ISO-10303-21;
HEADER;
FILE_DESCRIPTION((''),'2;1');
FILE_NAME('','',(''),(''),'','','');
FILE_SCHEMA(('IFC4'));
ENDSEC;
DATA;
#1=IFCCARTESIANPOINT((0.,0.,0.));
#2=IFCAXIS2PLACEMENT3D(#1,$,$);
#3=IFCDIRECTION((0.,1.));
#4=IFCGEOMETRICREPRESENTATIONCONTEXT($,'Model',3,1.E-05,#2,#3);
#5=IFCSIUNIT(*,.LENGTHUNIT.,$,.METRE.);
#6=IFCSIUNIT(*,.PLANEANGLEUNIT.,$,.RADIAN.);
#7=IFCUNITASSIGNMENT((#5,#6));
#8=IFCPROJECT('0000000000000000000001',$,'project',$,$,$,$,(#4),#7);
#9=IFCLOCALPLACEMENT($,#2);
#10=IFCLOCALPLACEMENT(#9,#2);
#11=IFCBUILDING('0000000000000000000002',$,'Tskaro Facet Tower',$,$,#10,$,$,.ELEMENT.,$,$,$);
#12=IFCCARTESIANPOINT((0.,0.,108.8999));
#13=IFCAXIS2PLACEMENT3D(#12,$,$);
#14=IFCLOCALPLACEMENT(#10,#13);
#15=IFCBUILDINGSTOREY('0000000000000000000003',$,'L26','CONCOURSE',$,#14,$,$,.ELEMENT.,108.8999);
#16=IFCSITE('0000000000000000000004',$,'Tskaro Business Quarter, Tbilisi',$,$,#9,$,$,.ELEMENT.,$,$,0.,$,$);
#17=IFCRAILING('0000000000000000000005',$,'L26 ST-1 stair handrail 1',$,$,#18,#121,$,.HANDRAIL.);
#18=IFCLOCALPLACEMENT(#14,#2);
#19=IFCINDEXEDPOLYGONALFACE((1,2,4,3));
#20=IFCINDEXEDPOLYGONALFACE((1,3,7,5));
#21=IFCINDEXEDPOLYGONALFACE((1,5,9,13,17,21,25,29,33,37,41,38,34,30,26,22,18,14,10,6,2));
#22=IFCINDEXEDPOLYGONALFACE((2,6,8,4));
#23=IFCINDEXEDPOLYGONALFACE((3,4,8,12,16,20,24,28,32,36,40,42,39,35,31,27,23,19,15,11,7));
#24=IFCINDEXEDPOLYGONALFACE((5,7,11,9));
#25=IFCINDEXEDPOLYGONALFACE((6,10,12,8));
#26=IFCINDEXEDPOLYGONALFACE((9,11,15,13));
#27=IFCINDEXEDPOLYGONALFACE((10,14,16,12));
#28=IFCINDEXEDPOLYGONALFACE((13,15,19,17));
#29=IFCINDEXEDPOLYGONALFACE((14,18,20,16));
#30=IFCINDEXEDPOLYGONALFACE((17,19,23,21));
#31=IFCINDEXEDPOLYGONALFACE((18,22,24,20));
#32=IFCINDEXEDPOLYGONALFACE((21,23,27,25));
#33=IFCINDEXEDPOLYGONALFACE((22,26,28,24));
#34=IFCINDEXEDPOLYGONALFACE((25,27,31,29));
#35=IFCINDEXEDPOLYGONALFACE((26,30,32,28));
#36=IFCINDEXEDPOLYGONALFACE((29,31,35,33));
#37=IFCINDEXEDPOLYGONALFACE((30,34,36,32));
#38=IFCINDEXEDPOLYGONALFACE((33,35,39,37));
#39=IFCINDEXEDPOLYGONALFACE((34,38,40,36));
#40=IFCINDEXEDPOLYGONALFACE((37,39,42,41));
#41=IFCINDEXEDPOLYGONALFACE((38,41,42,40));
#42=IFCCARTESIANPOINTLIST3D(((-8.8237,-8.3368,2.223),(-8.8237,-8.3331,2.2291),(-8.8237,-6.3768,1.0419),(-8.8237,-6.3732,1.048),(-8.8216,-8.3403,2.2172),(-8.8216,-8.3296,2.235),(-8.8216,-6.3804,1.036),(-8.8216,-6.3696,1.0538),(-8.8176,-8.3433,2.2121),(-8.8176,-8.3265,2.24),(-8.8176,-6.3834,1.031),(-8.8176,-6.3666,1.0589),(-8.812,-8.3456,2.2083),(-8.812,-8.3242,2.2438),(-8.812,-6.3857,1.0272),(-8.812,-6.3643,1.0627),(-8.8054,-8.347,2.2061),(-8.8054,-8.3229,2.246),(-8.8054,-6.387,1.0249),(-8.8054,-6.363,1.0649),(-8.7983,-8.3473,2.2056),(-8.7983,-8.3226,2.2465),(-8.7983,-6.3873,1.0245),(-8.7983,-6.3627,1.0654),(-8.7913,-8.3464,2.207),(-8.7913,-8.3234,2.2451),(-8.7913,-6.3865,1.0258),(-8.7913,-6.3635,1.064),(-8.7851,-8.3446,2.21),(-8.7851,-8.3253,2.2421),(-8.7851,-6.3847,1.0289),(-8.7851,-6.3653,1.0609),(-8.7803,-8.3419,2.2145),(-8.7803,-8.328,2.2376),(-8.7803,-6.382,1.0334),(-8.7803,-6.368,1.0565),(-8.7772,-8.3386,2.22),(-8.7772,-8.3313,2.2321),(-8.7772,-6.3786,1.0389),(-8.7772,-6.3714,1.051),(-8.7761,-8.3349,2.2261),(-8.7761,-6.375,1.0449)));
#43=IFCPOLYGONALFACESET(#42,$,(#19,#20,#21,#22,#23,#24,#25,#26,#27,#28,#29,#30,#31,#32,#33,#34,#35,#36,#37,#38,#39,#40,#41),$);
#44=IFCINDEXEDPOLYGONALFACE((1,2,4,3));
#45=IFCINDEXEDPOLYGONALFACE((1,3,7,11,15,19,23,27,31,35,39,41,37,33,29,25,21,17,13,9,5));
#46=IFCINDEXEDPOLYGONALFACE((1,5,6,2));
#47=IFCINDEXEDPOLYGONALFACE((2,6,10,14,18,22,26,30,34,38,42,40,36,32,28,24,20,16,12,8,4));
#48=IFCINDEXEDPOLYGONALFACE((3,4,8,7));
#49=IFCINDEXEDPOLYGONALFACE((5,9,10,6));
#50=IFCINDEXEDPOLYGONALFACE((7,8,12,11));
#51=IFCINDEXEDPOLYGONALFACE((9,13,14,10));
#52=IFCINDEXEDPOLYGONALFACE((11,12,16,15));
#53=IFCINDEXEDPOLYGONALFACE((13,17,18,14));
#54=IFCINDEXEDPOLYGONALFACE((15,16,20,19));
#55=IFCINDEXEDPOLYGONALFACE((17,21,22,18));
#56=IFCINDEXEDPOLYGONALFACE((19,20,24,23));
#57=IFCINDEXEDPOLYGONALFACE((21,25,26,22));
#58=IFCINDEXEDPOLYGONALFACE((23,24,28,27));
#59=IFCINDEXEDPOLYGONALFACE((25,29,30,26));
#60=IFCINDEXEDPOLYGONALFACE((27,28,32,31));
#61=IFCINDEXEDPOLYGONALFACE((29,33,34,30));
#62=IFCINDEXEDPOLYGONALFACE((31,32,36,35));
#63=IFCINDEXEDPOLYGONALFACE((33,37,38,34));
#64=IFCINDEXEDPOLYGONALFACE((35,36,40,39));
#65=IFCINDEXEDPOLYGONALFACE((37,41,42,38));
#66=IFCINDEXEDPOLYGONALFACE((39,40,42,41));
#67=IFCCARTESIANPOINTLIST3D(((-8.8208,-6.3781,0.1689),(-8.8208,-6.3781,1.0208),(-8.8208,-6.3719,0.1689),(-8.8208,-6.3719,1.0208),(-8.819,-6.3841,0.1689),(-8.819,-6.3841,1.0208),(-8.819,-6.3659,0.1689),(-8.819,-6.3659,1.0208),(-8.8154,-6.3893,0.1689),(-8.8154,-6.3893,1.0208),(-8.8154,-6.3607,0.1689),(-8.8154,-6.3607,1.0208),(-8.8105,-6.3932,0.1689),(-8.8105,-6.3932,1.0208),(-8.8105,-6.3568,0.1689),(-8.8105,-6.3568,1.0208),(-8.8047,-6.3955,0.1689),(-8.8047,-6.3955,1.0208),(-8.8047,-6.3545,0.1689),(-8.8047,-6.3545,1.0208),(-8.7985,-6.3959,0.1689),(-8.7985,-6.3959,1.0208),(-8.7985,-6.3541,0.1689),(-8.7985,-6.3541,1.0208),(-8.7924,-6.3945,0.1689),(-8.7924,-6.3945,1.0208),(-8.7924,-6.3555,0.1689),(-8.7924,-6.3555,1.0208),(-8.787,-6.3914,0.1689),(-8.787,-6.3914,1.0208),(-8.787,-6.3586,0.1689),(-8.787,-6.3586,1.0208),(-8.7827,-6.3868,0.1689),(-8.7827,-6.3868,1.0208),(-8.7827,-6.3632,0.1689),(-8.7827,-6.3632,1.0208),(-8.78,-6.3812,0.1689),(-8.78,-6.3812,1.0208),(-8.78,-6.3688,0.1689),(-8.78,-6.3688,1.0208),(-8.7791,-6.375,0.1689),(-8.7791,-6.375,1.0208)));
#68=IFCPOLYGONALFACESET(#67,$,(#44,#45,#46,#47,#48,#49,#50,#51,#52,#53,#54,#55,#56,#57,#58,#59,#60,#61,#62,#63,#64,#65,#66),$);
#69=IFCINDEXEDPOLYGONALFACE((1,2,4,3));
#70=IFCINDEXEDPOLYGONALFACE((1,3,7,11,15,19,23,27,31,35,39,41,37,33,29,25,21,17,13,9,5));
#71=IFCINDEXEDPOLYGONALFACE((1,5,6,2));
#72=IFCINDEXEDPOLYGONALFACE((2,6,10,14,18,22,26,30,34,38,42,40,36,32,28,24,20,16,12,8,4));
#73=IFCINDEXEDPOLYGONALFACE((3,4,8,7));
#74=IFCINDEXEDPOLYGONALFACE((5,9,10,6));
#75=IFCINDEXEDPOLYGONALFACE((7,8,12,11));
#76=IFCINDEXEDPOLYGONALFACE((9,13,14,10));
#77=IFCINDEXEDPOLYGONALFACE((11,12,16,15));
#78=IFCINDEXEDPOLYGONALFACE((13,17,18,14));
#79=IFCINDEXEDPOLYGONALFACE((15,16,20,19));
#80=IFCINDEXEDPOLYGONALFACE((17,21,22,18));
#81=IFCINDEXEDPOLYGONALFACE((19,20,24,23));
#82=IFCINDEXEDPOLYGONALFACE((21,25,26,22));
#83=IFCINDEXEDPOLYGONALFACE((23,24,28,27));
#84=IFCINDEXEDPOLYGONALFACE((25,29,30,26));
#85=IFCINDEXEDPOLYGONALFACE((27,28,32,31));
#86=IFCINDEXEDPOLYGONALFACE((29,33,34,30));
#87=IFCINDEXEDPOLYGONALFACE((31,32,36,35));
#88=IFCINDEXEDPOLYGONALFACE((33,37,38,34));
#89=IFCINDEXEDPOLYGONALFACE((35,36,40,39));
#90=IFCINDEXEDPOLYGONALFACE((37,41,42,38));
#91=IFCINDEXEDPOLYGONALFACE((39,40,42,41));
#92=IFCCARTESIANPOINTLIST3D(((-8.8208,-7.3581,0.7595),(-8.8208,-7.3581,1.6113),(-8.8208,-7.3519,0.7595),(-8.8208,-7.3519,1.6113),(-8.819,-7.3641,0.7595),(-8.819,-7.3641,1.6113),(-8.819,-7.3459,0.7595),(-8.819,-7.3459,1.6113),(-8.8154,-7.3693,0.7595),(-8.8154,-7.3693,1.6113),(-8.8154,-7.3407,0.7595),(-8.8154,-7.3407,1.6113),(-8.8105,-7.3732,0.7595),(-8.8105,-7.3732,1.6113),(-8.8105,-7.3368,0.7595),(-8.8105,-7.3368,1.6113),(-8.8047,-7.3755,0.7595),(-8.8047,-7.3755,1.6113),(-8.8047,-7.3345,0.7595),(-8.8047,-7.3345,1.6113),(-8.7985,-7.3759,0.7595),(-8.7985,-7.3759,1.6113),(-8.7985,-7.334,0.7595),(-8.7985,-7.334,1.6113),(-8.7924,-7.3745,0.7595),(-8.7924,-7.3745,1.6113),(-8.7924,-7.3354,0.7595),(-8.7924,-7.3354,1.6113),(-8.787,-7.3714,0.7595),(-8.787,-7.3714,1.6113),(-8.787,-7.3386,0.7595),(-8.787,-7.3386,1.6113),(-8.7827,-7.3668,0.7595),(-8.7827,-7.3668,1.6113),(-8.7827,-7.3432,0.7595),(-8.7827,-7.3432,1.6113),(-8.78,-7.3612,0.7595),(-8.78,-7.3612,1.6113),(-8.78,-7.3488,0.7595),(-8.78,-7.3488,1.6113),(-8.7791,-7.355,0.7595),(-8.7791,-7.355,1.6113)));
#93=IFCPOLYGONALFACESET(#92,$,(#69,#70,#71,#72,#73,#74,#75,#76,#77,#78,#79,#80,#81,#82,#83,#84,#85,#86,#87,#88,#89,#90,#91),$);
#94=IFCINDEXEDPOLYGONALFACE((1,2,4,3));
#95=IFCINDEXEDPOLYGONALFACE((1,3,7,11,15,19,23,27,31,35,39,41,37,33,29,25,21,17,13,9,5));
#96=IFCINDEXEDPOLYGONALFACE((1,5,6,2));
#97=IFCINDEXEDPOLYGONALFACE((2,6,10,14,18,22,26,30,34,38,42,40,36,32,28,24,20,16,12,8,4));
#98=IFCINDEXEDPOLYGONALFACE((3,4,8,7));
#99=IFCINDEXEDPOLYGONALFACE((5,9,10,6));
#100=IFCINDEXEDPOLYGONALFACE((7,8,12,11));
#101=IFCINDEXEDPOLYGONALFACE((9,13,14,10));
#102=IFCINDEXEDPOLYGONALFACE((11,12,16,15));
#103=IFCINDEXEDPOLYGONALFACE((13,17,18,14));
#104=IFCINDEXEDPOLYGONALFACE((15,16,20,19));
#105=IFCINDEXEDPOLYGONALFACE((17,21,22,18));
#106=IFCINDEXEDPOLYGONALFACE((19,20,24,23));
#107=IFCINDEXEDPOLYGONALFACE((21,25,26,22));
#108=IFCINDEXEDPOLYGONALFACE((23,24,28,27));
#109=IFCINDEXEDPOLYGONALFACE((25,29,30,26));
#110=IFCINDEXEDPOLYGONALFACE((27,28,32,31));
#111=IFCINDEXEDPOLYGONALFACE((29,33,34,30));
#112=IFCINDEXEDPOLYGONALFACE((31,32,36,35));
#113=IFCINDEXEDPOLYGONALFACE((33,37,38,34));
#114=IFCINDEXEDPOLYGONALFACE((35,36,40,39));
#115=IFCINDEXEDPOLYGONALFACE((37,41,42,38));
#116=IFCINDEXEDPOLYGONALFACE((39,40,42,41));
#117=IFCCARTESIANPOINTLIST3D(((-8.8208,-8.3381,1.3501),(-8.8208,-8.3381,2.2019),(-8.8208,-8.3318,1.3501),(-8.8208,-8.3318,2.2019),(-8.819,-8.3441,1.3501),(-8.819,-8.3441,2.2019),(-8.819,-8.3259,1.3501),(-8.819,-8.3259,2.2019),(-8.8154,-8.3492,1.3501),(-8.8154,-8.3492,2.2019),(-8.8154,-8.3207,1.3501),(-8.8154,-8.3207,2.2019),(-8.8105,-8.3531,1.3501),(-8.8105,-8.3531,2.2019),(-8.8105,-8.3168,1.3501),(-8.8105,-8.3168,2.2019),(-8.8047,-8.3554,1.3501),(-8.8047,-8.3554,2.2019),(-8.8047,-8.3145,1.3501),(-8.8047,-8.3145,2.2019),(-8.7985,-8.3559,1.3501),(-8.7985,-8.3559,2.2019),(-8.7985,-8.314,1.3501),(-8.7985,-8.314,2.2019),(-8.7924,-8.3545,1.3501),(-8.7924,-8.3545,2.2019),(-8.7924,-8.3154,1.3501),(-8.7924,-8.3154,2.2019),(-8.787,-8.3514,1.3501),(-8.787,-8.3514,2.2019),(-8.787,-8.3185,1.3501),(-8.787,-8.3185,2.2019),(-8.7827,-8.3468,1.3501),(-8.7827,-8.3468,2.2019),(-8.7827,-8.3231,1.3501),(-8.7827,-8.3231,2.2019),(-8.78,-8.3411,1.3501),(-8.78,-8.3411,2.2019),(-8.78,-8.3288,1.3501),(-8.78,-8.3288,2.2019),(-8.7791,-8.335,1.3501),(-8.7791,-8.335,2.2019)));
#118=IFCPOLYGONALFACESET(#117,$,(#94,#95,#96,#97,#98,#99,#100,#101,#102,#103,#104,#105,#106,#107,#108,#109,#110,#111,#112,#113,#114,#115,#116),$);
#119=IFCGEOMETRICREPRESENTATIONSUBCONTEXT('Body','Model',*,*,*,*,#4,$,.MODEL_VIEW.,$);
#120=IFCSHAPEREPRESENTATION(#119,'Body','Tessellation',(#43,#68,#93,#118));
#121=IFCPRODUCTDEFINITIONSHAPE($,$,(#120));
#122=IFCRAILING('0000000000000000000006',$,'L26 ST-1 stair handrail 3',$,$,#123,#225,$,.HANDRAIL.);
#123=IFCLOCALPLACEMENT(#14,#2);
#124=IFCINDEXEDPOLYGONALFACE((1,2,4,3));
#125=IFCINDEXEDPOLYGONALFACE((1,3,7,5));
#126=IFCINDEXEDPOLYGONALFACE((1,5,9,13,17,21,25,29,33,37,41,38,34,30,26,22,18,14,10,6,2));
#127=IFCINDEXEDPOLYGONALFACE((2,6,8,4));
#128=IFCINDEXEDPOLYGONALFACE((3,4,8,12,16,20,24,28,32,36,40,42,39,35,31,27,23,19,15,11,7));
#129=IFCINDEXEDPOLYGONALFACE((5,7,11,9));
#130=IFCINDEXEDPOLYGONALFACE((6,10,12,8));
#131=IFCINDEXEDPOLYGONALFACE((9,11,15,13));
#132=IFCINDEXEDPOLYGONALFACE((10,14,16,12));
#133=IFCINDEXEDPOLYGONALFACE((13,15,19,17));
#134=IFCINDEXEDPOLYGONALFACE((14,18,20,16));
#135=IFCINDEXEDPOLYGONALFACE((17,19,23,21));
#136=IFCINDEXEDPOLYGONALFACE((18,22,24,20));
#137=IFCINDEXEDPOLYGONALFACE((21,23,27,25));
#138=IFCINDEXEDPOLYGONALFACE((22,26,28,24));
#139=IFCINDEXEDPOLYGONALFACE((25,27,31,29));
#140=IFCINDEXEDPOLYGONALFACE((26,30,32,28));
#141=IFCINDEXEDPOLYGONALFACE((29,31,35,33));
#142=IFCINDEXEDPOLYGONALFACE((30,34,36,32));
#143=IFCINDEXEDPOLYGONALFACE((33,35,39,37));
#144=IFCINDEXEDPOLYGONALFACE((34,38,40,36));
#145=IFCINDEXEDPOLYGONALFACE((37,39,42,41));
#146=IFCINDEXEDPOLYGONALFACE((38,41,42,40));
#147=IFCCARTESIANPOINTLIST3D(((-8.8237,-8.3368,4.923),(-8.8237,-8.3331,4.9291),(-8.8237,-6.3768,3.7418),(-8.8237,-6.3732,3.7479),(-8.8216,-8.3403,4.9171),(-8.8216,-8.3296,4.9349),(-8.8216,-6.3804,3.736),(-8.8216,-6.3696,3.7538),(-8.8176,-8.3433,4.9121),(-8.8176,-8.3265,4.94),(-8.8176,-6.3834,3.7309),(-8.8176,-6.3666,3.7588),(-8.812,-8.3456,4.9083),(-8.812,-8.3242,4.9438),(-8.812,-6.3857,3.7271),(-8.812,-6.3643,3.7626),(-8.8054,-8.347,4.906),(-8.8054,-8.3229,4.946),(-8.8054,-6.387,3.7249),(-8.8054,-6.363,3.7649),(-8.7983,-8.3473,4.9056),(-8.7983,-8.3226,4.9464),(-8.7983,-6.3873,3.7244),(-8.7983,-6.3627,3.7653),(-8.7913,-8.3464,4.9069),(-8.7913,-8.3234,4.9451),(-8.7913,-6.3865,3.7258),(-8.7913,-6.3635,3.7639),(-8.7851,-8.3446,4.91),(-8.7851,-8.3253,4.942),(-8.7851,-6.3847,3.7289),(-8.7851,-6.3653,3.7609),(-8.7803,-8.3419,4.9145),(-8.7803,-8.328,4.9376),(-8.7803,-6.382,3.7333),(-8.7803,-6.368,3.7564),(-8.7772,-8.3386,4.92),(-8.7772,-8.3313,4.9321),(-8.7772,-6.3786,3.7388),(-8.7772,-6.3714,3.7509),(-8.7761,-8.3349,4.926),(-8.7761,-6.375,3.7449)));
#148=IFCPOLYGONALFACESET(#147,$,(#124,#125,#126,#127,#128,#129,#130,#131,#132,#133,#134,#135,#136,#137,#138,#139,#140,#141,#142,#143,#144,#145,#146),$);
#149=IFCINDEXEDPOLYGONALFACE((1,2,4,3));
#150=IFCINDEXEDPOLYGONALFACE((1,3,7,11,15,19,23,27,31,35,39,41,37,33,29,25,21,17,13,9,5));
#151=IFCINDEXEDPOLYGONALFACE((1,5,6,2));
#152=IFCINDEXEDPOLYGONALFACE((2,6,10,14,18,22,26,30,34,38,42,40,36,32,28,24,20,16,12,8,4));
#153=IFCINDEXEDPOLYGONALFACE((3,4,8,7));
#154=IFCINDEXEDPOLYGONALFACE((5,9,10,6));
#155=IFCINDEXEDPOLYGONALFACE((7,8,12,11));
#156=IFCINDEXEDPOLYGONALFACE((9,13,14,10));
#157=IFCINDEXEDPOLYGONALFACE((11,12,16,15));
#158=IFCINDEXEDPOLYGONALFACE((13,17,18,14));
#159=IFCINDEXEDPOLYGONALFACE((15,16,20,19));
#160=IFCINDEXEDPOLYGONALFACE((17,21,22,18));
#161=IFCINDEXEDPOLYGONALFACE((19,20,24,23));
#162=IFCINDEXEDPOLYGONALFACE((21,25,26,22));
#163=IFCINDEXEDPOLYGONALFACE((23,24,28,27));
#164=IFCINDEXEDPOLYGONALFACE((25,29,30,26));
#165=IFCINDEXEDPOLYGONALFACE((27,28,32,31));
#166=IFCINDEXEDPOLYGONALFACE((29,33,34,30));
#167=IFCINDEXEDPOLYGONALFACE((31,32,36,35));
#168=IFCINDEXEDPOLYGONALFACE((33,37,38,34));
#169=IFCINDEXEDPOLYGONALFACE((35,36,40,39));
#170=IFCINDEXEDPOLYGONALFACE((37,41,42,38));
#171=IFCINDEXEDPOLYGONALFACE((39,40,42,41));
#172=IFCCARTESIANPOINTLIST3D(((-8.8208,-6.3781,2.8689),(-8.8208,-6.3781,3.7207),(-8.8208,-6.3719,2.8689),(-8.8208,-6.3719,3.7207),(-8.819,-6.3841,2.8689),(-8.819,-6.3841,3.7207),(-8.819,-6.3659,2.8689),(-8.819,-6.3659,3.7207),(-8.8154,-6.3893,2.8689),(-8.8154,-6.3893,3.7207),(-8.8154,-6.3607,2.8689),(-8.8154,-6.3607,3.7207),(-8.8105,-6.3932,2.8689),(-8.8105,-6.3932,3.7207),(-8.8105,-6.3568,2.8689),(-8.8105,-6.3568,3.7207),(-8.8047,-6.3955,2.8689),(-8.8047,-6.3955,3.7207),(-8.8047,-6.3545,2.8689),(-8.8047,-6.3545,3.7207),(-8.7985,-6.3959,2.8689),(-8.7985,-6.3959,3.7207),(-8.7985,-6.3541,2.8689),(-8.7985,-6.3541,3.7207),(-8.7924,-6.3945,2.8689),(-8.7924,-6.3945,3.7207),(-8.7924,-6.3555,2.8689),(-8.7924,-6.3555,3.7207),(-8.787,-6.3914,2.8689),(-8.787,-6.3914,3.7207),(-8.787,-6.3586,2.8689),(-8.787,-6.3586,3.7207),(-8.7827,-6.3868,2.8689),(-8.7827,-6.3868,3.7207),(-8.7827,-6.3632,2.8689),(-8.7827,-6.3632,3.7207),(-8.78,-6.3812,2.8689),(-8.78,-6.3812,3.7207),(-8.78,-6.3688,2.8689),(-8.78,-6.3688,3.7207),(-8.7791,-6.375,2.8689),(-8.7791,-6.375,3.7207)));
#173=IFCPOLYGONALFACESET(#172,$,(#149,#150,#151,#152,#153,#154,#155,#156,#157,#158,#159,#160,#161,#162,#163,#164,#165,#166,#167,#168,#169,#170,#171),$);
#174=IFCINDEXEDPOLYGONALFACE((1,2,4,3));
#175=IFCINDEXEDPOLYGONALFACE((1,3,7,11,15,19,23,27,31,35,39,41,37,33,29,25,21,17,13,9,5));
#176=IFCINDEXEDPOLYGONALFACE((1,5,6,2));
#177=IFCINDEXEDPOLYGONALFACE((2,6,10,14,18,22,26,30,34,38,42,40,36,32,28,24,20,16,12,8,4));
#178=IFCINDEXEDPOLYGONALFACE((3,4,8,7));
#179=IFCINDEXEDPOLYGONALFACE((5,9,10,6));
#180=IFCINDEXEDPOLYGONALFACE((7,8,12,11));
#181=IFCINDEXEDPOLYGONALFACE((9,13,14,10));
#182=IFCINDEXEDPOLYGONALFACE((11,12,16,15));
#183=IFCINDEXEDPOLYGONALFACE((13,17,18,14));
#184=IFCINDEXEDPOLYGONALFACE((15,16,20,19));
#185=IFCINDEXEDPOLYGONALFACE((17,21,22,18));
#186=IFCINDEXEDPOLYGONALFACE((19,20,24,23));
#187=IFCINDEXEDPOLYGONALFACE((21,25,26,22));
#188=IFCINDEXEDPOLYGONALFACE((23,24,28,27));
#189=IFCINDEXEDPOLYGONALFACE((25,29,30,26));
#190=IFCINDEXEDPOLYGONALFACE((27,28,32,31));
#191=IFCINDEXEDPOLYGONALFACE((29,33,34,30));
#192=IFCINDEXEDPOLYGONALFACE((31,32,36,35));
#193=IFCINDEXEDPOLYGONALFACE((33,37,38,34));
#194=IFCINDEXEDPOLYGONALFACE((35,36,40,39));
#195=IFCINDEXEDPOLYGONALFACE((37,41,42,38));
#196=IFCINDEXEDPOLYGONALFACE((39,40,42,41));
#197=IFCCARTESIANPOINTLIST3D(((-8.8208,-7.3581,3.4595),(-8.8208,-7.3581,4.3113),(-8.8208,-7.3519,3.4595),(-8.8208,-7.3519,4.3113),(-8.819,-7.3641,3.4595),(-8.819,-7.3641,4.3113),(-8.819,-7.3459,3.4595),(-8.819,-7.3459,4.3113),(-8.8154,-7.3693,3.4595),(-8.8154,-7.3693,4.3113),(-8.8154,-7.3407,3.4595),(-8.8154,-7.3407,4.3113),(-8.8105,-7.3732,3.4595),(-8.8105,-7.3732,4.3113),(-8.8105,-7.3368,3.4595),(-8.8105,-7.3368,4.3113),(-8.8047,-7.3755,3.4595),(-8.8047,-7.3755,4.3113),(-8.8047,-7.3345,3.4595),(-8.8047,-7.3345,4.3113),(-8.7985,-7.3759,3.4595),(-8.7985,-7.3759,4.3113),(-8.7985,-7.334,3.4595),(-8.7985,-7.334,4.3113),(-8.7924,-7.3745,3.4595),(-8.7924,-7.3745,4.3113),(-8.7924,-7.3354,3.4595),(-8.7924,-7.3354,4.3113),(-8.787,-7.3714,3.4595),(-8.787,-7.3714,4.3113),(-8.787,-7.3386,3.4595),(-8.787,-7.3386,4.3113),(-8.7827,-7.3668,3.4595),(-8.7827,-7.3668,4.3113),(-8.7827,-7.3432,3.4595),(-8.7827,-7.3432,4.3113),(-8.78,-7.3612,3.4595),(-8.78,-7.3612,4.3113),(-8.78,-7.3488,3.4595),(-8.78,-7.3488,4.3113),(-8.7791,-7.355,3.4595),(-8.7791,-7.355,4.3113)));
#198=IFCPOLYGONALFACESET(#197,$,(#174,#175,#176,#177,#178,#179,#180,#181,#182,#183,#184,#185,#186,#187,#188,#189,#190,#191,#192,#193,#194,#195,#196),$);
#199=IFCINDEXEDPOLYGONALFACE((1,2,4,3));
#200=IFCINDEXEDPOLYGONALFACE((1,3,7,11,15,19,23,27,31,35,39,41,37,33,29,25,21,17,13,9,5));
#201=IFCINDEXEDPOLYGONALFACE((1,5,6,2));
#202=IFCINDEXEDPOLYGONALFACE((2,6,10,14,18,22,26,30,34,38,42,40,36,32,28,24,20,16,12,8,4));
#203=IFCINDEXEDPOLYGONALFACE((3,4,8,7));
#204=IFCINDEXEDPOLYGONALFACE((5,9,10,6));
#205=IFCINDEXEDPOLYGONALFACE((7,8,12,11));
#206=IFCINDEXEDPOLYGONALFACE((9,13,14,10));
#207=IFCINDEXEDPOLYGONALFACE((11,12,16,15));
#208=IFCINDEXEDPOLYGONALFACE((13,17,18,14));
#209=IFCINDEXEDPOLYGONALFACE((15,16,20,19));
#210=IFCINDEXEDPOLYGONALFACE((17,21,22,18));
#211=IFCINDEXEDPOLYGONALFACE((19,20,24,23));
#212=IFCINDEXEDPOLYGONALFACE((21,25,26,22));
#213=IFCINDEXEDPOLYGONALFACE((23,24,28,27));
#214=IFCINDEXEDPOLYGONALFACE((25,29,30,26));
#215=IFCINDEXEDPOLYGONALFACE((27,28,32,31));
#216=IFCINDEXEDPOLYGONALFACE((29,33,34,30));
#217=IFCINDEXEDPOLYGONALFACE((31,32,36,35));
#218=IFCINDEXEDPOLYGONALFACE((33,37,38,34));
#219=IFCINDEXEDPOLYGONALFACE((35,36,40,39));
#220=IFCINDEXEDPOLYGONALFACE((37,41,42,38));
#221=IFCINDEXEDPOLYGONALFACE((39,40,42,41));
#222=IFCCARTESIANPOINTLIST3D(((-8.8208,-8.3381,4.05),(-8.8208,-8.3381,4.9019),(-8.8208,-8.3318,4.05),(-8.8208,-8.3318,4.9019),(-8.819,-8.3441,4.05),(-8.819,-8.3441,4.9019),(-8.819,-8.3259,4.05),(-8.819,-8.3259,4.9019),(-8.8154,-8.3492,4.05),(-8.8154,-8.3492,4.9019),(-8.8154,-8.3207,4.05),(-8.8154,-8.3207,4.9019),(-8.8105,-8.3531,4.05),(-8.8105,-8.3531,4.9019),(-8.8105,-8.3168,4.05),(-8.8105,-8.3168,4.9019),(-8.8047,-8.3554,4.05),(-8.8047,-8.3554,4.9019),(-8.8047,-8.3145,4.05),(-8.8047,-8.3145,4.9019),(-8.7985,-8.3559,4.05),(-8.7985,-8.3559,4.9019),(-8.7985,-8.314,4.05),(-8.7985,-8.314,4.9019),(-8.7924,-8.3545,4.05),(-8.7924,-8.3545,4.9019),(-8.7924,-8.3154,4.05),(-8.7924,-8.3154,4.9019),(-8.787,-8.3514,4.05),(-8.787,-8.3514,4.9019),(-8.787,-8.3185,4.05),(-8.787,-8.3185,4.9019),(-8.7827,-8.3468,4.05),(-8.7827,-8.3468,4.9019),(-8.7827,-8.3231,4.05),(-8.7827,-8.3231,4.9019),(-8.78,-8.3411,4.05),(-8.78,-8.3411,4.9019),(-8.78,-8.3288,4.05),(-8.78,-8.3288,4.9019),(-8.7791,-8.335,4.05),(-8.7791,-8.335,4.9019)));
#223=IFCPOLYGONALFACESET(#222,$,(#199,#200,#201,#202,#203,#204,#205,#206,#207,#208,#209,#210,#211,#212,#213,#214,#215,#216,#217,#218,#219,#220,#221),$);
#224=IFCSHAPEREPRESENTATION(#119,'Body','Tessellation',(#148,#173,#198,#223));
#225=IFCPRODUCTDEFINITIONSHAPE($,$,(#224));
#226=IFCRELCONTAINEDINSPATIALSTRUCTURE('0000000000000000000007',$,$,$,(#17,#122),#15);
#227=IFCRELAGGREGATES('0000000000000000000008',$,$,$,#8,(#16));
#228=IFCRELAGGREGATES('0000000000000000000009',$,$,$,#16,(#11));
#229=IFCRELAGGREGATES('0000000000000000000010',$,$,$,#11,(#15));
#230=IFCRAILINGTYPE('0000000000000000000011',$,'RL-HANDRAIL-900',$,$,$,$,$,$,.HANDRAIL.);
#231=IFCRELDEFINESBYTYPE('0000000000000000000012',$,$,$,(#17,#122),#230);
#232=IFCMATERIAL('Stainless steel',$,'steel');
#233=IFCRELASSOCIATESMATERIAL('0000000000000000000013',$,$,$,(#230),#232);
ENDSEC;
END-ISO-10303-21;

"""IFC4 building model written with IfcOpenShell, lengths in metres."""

from ifc_helpers import new_model, si_unit, direction, frame, origin, origin_2d, place, context, subcontext, project, spatial, circle, extrude, material, type_object, element, save


model = new_model("IFC4")

# Units and contexts
model_context = context("Model", 3, precision=1e-05, world=origin(), true_north=direction((0.0, 1.0)))
body_context = subcontext(model_context, "Body", "Model", "MODEL_VIEW")
ifc_project = project(units=[si_unit("LENGTHUNIT", "METRE"), si_unit("PLANEANGLEUNIT", "RADIAN")], contexts=[model_context])

# Site, building, storey
site_placement = place(None, origin())
site = spatial("IfcSite", under=ifc_project, at=site_placement, Name="Tskaro Business Quarter, Tbilisi", CompositionType="ELEMENT", RefElevation=0.0)
building_placement = place(site_placement, origin())
building = spatial("IfcBuilding", under=site, at=building_placement, Name="Tskaro Facet Tower", CompositionType="ELEMENT")
storey_placement = place(building_placement, frame((0.0, 0.0, 108.8999)))
storey = spatial("IfcBuildingStorey", under=building, at=storey_placement, Name="L26", Description="CONCOURSE", CompositionType="ELEMENT", Elevation=108.8999)

# Shared definitions
ifc_material_1 = material(Name="Stainless steel", Category="steel")

# Railings
railing_type = type_object("IfcRailingType", Name="RL-HANDRAIL-900", PredefinedType="HANDRAIL", material=ifc_material_1)
for number, where, name in (
    (1, (-8.8, -6.375, 0.1689), "L26 ST-1 stair handrail 1"),
    (2, (-8.8, -6.375, 2.8689), "L26 ST-1 stair handrail 3"),
):
    element("IfcRailing", number, at=place(storey_placement, frame(where)), inside=storey, type_object=railing_type, Name=name, PredefinedType="HANDRAIL", context=body_context, shape_type="SweptSolid", body=[
        extrude(circle(Radius=0.0239, at=origin_2d()), frame((0.0, 0.0, 0.876), z_axis=(0.0, -0.856493, 0.516158), x_axis=(1.0, 0.0, 0.0)), (0.0, 0.0, 1.0), 2.2883),
        extrude(circle(Radius=0.021, at=origin_2d()), origin(), (0.0, 0.0, 1.0), 0.8518),
        extrude(circle(Radius=0.021, at=origin_2d()), frame((0.0, -0.98, 0.5906)), (0.0, 0.0, 1.0), 0.8518),
        extrude(circle(Radius=0.021, at=origin_2d()), frame((0.0, -1.96, 1.1812)), (0.0, 0.0, 1.0), 0.8518),
    ])

save(model, "model.ifc")
